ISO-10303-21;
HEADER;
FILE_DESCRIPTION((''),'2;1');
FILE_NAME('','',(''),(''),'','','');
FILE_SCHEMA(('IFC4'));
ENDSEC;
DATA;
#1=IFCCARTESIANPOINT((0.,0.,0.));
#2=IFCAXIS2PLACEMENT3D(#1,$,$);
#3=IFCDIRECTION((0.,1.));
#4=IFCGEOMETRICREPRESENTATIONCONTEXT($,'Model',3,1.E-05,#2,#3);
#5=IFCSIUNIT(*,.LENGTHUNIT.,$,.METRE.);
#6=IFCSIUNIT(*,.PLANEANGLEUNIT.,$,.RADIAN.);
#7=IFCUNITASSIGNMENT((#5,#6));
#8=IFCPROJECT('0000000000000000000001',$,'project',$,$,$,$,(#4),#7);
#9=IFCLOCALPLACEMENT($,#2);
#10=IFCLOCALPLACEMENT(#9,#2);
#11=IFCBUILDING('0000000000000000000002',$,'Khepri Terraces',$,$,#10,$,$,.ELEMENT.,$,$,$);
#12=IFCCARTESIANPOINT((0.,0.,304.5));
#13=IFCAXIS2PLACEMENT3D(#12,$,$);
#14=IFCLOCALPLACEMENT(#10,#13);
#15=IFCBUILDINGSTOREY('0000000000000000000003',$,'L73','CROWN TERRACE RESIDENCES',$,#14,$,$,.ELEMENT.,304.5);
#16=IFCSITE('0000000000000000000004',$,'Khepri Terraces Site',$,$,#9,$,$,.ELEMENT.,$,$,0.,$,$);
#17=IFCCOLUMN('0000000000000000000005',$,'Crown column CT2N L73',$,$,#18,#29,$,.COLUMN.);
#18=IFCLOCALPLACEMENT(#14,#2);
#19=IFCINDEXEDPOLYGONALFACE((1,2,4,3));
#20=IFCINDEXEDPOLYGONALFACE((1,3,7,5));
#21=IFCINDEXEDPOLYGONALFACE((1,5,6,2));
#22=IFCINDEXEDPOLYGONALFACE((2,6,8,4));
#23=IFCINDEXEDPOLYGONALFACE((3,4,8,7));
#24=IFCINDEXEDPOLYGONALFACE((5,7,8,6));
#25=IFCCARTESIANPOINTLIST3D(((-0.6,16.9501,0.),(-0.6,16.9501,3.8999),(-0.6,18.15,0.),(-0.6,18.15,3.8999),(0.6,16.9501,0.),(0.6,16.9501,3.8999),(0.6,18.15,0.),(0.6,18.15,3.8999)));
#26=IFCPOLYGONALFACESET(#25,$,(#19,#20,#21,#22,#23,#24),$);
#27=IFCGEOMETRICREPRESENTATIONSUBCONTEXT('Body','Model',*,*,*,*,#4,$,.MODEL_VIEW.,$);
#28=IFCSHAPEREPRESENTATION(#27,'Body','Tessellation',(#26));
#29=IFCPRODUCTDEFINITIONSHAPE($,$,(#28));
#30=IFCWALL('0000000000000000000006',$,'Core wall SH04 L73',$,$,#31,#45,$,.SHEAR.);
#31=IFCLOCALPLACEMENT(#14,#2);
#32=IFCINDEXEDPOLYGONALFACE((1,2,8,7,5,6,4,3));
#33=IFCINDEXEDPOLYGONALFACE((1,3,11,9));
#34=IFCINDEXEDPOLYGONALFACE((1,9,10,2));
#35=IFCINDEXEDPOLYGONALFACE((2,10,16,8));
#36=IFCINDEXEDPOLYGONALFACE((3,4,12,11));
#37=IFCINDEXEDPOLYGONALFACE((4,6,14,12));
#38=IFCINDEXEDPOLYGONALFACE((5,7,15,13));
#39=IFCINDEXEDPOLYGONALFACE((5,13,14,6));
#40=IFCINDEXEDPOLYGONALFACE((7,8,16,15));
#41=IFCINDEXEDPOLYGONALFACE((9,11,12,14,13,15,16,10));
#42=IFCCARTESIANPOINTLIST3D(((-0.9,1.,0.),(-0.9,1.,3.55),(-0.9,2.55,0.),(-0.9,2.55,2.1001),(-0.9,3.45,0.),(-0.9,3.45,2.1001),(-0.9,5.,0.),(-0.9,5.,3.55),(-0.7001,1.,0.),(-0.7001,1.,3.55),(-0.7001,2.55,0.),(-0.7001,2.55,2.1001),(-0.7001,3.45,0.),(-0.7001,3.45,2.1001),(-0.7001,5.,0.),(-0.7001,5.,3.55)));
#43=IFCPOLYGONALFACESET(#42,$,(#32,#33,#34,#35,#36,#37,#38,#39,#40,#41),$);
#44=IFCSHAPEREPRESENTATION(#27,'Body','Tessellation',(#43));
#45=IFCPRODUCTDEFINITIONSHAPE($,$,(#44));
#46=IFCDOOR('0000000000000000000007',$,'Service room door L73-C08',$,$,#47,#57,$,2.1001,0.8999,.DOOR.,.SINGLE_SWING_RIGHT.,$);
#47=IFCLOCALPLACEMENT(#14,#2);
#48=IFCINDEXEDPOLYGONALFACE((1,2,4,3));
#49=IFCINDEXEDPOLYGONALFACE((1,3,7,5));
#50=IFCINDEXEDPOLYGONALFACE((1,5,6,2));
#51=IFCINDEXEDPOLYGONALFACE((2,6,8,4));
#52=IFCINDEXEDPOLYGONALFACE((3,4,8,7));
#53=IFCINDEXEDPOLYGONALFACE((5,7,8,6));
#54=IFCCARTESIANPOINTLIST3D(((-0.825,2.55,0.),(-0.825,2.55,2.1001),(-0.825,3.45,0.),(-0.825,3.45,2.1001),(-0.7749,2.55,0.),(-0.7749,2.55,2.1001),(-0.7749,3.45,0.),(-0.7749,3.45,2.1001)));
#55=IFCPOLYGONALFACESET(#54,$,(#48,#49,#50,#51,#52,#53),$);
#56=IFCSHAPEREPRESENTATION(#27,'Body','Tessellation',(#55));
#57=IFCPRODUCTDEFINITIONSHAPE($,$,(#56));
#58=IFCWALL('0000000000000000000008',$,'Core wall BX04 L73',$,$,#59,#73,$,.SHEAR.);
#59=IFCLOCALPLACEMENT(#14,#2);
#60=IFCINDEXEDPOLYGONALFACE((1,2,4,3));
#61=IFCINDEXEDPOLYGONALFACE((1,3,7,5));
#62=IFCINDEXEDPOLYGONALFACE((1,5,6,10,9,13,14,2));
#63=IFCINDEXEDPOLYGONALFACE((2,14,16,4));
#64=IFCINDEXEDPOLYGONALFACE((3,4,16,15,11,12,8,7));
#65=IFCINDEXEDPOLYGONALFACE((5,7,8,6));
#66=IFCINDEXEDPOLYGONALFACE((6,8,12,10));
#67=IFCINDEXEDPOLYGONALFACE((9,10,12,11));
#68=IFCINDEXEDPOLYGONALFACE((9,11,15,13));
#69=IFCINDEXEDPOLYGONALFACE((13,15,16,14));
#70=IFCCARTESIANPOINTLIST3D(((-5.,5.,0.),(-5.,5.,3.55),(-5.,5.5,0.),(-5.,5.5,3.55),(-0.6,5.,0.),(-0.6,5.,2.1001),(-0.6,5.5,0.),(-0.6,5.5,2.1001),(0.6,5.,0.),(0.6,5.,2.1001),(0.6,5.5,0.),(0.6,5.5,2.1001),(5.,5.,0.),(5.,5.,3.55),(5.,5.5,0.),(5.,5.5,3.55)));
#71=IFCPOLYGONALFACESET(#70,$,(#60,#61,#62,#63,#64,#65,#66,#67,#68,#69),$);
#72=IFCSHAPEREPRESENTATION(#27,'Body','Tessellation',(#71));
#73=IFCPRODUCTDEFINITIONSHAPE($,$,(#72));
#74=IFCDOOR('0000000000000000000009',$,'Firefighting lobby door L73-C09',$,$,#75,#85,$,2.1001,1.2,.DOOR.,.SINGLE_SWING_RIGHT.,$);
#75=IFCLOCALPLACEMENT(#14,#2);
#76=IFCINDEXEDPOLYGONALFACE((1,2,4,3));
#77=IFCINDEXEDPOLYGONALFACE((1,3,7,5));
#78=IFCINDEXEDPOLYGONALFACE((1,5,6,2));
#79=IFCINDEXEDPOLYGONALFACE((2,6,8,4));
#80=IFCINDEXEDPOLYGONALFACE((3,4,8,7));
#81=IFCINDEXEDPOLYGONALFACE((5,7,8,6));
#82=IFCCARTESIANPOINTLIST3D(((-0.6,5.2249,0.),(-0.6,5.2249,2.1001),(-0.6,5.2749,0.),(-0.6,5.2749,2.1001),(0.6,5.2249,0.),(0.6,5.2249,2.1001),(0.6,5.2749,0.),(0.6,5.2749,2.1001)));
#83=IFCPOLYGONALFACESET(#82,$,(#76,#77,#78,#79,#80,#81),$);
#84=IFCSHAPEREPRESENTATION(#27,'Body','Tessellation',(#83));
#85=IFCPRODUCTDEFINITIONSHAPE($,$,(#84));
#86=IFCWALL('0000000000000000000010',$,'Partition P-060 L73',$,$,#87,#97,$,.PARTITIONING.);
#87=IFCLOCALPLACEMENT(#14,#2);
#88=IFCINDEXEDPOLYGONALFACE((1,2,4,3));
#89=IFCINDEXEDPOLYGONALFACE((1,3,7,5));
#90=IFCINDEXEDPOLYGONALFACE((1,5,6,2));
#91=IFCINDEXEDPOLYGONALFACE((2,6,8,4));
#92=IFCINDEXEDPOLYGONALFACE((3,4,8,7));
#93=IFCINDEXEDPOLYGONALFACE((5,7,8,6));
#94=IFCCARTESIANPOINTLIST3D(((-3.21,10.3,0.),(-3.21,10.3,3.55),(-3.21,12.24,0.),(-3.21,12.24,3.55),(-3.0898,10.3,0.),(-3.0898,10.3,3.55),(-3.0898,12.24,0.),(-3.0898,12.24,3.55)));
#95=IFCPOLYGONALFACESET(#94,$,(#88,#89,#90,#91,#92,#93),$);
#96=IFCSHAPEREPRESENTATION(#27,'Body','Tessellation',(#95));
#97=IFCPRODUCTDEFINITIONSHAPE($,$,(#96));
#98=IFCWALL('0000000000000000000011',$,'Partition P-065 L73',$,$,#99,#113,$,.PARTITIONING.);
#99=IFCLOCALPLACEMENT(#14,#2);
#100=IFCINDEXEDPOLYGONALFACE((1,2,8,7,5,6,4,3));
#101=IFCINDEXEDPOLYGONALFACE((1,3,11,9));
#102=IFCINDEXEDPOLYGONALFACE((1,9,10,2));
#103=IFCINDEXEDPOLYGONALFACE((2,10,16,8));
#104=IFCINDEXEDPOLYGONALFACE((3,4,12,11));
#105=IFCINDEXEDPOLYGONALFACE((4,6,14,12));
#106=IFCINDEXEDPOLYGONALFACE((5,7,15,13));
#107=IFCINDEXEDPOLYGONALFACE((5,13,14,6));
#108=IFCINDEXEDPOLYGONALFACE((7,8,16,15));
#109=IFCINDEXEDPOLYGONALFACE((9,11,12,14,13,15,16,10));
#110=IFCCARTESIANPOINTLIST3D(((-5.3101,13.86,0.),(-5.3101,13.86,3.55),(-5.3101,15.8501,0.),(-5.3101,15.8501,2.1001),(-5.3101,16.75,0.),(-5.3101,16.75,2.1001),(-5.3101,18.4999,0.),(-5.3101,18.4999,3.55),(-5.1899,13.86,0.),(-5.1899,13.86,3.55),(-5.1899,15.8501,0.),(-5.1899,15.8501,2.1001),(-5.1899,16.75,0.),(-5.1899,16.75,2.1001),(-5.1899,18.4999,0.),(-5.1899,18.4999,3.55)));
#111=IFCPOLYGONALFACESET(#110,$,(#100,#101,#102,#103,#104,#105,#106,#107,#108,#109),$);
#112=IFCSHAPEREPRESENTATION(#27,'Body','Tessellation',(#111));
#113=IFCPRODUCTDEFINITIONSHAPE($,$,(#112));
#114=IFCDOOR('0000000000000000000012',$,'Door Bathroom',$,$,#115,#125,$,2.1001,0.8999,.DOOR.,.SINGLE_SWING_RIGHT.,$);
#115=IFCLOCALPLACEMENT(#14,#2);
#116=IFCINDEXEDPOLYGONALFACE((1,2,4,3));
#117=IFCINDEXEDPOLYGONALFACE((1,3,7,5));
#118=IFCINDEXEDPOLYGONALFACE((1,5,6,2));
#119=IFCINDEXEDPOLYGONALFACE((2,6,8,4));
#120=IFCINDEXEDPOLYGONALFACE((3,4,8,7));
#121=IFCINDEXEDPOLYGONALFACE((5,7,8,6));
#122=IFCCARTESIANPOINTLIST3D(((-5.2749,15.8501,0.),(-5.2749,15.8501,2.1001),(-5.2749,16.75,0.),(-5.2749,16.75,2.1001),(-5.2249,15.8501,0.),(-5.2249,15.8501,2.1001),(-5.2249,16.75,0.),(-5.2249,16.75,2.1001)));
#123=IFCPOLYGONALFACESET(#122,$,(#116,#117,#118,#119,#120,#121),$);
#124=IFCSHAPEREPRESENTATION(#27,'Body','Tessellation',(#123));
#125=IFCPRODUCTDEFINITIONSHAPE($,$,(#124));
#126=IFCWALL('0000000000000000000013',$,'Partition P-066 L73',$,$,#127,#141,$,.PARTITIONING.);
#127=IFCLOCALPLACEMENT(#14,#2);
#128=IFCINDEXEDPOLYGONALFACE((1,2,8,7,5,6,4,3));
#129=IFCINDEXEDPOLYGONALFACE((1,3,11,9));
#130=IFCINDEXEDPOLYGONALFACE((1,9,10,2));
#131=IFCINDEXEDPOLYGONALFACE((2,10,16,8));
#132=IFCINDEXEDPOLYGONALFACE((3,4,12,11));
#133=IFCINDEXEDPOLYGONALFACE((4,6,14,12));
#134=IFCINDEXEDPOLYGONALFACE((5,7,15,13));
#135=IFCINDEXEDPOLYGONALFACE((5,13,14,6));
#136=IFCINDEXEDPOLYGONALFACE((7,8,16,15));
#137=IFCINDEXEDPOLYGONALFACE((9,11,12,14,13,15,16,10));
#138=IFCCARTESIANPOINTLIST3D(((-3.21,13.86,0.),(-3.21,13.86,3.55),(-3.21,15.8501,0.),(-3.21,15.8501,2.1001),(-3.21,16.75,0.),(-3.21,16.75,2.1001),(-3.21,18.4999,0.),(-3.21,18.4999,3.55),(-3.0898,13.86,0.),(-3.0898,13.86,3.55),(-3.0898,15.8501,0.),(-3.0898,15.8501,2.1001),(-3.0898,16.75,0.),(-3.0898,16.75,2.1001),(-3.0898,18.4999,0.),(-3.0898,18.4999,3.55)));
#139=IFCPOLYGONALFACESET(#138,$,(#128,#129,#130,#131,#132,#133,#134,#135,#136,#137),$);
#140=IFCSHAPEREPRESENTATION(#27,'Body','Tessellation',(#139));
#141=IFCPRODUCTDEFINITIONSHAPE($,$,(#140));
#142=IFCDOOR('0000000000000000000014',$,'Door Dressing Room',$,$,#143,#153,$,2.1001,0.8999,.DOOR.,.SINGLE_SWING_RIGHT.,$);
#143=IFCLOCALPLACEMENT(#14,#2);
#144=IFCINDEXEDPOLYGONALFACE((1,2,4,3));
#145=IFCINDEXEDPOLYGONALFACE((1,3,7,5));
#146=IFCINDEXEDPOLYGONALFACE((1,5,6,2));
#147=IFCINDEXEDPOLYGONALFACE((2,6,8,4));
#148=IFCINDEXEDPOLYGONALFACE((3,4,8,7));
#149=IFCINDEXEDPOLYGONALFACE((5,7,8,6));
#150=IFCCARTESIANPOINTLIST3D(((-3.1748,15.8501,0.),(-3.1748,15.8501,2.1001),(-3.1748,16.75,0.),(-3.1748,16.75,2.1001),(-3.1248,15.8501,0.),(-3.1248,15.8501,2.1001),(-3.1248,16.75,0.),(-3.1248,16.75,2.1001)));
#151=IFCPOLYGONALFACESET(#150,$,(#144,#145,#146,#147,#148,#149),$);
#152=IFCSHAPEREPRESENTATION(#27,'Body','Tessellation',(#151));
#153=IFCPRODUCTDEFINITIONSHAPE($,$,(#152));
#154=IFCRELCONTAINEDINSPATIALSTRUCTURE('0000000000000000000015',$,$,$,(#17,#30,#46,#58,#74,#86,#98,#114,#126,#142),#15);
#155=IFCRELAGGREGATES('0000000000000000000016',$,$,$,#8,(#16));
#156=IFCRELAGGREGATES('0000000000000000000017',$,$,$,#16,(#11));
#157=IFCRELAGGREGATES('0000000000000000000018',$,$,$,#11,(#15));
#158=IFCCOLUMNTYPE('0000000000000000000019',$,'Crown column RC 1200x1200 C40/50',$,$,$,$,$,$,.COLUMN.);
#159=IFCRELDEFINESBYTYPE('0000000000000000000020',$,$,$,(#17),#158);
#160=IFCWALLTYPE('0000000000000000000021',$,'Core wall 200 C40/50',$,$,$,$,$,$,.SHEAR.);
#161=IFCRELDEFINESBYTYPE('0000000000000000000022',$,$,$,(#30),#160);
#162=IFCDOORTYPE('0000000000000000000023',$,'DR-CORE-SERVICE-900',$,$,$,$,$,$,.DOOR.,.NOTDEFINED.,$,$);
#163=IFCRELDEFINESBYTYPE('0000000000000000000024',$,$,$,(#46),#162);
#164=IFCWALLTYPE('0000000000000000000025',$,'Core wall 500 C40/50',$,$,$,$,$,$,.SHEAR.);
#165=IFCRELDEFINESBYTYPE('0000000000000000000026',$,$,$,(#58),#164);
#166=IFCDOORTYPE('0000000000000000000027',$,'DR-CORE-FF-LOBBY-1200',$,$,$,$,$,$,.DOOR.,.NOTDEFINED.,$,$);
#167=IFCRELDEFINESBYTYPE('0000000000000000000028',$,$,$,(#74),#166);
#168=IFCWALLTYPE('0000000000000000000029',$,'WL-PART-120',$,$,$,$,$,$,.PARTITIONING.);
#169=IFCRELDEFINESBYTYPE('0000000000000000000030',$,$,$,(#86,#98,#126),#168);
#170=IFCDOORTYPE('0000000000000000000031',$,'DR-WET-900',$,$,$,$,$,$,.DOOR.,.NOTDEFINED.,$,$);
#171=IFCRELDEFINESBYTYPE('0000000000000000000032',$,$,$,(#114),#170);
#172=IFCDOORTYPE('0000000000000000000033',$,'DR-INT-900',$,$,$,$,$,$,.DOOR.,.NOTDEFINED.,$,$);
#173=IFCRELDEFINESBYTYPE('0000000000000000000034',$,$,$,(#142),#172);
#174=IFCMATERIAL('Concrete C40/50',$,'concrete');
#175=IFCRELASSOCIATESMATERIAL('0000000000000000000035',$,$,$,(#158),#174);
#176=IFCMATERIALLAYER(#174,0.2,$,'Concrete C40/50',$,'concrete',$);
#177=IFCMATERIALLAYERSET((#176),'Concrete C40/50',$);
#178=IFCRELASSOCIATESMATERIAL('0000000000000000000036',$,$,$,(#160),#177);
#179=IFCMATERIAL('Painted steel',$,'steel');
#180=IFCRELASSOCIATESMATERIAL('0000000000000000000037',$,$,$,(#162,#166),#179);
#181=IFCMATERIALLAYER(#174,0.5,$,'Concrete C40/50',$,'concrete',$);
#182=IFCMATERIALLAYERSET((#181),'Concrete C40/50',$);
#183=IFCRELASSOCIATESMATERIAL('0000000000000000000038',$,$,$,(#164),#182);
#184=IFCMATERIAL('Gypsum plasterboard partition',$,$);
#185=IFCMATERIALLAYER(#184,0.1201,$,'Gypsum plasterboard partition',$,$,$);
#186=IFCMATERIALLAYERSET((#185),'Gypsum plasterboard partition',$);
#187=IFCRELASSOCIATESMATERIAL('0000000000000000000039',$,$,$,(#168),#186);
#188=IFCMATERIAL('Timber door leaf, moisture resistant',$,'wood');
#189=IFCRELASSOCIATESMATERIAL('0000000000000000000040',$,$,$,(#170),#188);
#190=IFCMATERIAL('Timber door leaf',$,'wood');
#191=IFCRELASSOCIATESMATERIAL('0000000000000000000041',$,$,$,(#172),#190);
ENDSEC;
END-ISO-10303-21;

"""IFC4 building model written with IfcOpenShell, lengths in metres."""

from ifc_helpers import new_model, si_unit, direction, frame, frame_2d, origin, origin_2d, place, context, subcontext, project, spatial, rectangle, extrude, material, layer, layer_set, material_profile, profile_set, type_object, element, fill, save


model = new_model("IFC4")

# Units and contexts
model_context = context("Model", 3, precision=1e-05, world=origin(), true_north=direction((0.0, 1.0)))
body_context = subcontext(model_context, "Body", "Model", "MODEL_VIEW")
ifc_project = project(units=[si_unit("LENGTHUNIT", "METRE"), si_unit("PLANEANGLEUNIT", "RADIAN")], contexts=[model_context])

# Site, building, storey
site_placement = place(None, origin())
site = spatial("IfcSite", under=ifc_project, at=site_placement, Name="Khepri Terraces Site", CompositionType="ELEMENT", RefElevation=0.0)
building_placement = place(site_placement, origin())
building = spatial("IfcBuilding", under=site, at=building_placement, Name="Khepri Terraces", CompositionType="ELEMENT")
storey_placement = place(building_placement, frame((0.0, 0.0, 304.5)))
storey = spatial("IfcBuildingStorey", under=building, at=storey_placement, Name="L73", Description="CROWN TERRACE RESIDENCES", CompositionType="ELEMENT", Elevation=304.5)

# Column
ifc_material_1 = material(Name="Concrete C40/50", Category="concrete")
ifc_material_profile = material_profile(ifc_material_1, rectangle(XDim=1.2, YDim=1.2, at=origin_2d()), Name="Concrete C40/50", Category="concrete")
ifc_profile_set = profile_set([ifc_material_profile], Name="Concrete C40/50")
column_type = type_object("IfcColumnType", Name="Crown column RC 1200x1200 C40/50", PredefinedType="COLUMN", material=ifc_profile_set)
column_placement = place(storey_placement, frame((0.0, 17.55, 0.0), z_axis=(0.0, 0.0, 1.0), x_axis=(1.0, 0.0, 0.0)))
element("IfcColumn", 1, at=column_placement, inside=storey, type_object=column_type, Name="Crown column CT2N L73", PredefinedType="COLUMN", context=body_context, shape_type="SweptSolid", body=[
    extrude(rectangle(XDim=1.2, YDim=1.2, at=origin_2d()), origin(), (0.0, 0.0, 1.0), 3.8999),
])

# Walls, openings, doors
ifc_layer_1 = layer(ifc_material_1, 0.2, Name="Concrete C40/50", Category="concrete")
ifc_layer_set_1 = layer_set([ifc_layer_1], Name="Concrete C40/50")
wall_type_1 = type_object("IfcWallType", Name="Core wall 200 C40/50", PredefinedType="SHEAR", material=ifc_layer_set_1)
wall_1_placement = place(storey_placement, frame((-0.8, 1.0, 0.0), z_axis=(0.0, 0.0, 1.0), x_axis=(0.0, 1.0, 0.0)))
wall_1 = element("IfcWall", 2, at=wall_1_placement, inside=storey, type_object=wall_type_1, Name="Core wall SH04 L73", PredefinedType="SHEAR", context=body_context, shape_type="SweptSolid", body=[
    extrude(rectangle(XDim=4.0, YDim=0.2, at=frame_2d((2.0, 0.0))), origin(), (0.0, 0.0, 1.0), 3.55),
])
opening_1_placement = place(wall_1_placement, frame((1.55, 0.0, 0.0)))
opening_1 = element("IfcOpeningElement", 3, at=opening_1_placement, cuts=wall_1, PredefinedType="OPENING", context=body_context, shape_type="SweptSolid", body=[
    extrude(rectangle(XDim=0.8999, YDim=2.1001, at=frame_2d((0.45, 1.05))), frame((0.0, 0.1099, 0.0), z_axis=(0.0, -1.0, 0.0), x_axis=(1.0, 0.0, 0.0)), (0.0, 0.0, 1.0), 0.22),
])
ifc_material_2 = material(Name="Painted steel", Category="steel")
door_type_1 = type_object("IfcDoorType", Name="DR-CORE-SERVICE-900", OperationType="NOTDEFINED", PredefinedType="DOOR", material=ifc_material_2)
door_1_placement = place(opening_1_placement, origin())
door_1 = element("IfcDoor", 4, at=door_1_placement, inside=storey, type_object=door_type_1, Name="Service room door L73-C08", OperationType="SINGLE_SWING_RIGHT", OverallHeight=2.1001, OverallWidth=0.8999, PredefinedType="DOOR", context=body_context, shape_type="SweptSolid", body=[
    extrude(rectangle(XDim=0.8999, YDim=2.1001, at=frame_2d((0.45, 1.05))), frame((0.0, 0.0249, 0.0), z_axis=(0.0, -1.0, 0.0), x_axis=(1.0, 0.0, 0.0)), (0.0, 0.0, 1.0), 0.05),
])
fill(opening_1, door_1)
ifc_layer_2 = layer(ifc_material_1, 0.5, Name="Concrete C40/50", Category="concrete")
ifc_layer_set_2 = layer_set([ifc_layer_2], Name="Concrete C40/50")
wall_type_2 = type_object("IfcWallType", Name="Core wall 500 C40/50", PredefinedType="SHEAR", material=ifc_layer_set_2)
wall_2_placement = place(storey_placement, frame((-5.0, 5.25, 0.0), z_axis=(0.0, 0.0, 1.0), x_axis=(1.0, 0.0, 0.0)))
wall_2 = element("IfcWall", 5, at=wall_2_placement, inside=storey, type_object=wall_type_2, Name="Core wall BX04 L73", PredefinedType="SHEAR", context=body_context, shape_type="SweptSolid", body=[
    extrude(rectangle(XDim=10.0, YDim=0.5, at=frame_2d((5.0, 0.0))), origin(), (0.0, 0.0, 1.0), 3.55),
])
opening_2_placement = place(wall_2_placement, frame((4.3999, 0.0, 0.0)))
opening_2 = element("IfcOpeningElement", 6, at=opening_2_placement, cuts=wall_2, PredefinedType="OPENING", context=body_context, shape_type="SweptSolid", body=[
    extrude(rectangle(XDim=1.2, YDim=2.1001, at=frame_2d((0.6001, 1.05))), frame((0.0, 0.26, 0.0), z_axis=(0.0, -1.0, 0.0), x_axis=(1.0, 0.0, 0.0)), (0.0, 0.0, 1.0), 0.52),
])
door_type_2 = type_object("IfcDoorType", Name="DR-CORE-FF-LOBBY-1200", OperationType="NOTDEFINED", PredefinedType="DOOR", material=ifc_material_2)
door_2_placement = place(opening_2_placement, origin())
door_2 = element("IfcDoor", 7, at=door_2_placement, inside=storey, type_object=door_type_2, Name="Firefighting lobby door L73-C09", OperationType="SINGLE_SWING_RIGHT", OverallHeight=2.1001, OverallWidth=1.2, PredefinedType="DOOR", context=body_context, shape_type="SweptSolid", body=[
    extrude(rectangle(XDim=1.2, YDim=2.1001, at=frame_2d((0.6001, 1.05))), frame((0.0, 0.0249, 0.0), z_axis=(0.0, -1.0, 0.0), x_axis=(1.0, 0.0, 0.0)), (0.0, 0.0, 1.0), 0.05),
])
fill(opening_2, door_2)

# Wall
ifc_material_3 = material(Name="Gypsum plasterboard partition")
ifc_layer_3 = layer(ifc_material_3, 0.1201, Name="Gypsum plasterboard partition")
ifc_layer_set_3 = layer_set([ifc_layer_3], Name="Gypsum plasterboard partition")
wall_type_3 = type_object("IfcWallType", Name="WL-PART-120", PredefinedType="PARTITIONING", material=ifc_layer_set_3)
wall_3_placement = place(storey_placement, frame((-3.1499, 10.3, 0.0), z_axis=(0.0, 0.0, 1.0), x_axis=(0.0, 1.0, 0.0)))
element("IfcWall", 8, at=wall_3_placement, inside=storey, type_object=wall_type_3, Name="Partition P-060 L73", PredefinedType="PARTITIONING", context=body_context, shape_type="SweptSolid", body=[
    extrude(rectangle(XDim=1.9399, YDim=0.1201, at=frame_2d((0.97, 0.0))), origin(), (0.0, 0.0, 1.0), 3.55),
])

# Walls, openings, doors
wall_4_placement = place(storey_placement, frame((-5.25, 13.8601, 0.0), z_axis=(0.0, 0.0, 1.0), x_axis=(0.0, 1.0, 0.0)))
wall_4 = element("IfcWall", 9, at=wall_4_placement, inside=storey, type_object=wall_type_3, Name="Partition P-065 L73", PredefinedType="PARTITIONING", context=body_context, shape_type="SweptSolid", body=[
    extrude(rectangle(XDim=4.6399, YDim=0.1201, at=frame_2d((2.3198, 0.0))), origin(), (0.0, 0.0, 1.0), 3.55),
])
opening_3_placement = place(wall_4_placement, frame((1.99, 0.0, 0.0)))
opening_3 = element("IfcOpeningElement", 10, at=opening_3_placement, cuts=wall_4, PredefinedType="OPENING", context=body_context, shape_type="SweptSolid", body=[
    extrude(rectangle(XDim=0.8999, YDim=2.1001, at=frame_2d((0.45, 1.05))), frame((0.0, 0.0701, 0.0), z_axis=(0.0, -1.0, 0.0), x_axis=(1.0, 0.0, 0.0)), (0.0, 0.0, 1.0), 0.1401),
])
ifc_material_4 = material(Name="Timber door leaf, moisture resistant", Category="wood")
door_type_3 = type_object("IfcDoorType", Name="DR-WET-900", OperationType="NOTDEFINED", PredefinedType="DOOR", material=ifc_material_4)
door_3_placement = place(opening_3_placement, origin())
door_3 = element("IfcDoor", 11, at=door_3_placement, inside=storey, type_object=door_type_3, Name="Door Bathroom", OperationType="SINGLE_SWING_RIGHT", OverallHeight=2.1001, OverallWidth=0.8999, PredefinedType="DOOR", context=body_context, shape_type="SweptSolid", body=[
    extrude(rectangle(XDim=0.8999, YDim=2.1001, at=frame_2d((0.45, 1.05))), frame((0.0, 0.0249, 0.0), z_axis=(0.0, -1.0, 0.0), x_axis=(1.0, 0.0, 0.0)), (0.0, 0.0, 1.0), 0.05),
])
fill(opening_3, door_3)
wall_5_placement = place(storey_placement, frame((-3.1499, 13.8601, 0.0), z_axis=(0.0, 0.0, 1.0), x_axis=(0.0, 1.0, 0.0)))
wall_5 = element("IfcWall", 12, at=wall_5_placement, inside=storey, type_object=wall_type_3, Name="Partition P-066 L73", PredefinedType="PARTITIONING", context=body_context, shape_type="SweptSolid", body=[
    extrude(rectangle(XDim=4.6399, YDim=0.1201, at=frame_2d((2.3198, 0.0))), origin(), (0.0, 0.0, 1.0), 3.55),
])
opening_4_placement = place(wall_5_placement, frame((1.99, 0.0, 0.0)))
opening_4 = element("IfcOpeningElement", 13, at=opening_4_placement, cuts=wall_5, PredefinedType="OPENING", context=body_context, shape_type="SweptSolid", body=[
    extrude(rectangle(XDim=0.8999, YDim=2.1001, at=frame_2d((0.45, 1.05))), frame((0.0, 0.0701, 0.0), z_axis=(0.0, -1.0, 0.0), x_axis=(1.0, 0.0, 0.0)), (0.0, 0.0, 1.0), 0.1401),
])
ifc_material_5 = material(Name="Timber door leaf", Category="wood")
door_type_4 = type_object("IfcDoorType", Name="DR-INT-900", OperationType="NOTDEFINED", PredefinedType="DOOR", material=ifc_material_5)
door_4_placement = place(opening_4_placement, origin())
door_4 = element("IfcDoor", 14, at=door_4_placement, inside=storey, type_object=door_type_4, Name="Door Dressing Room", OperationType="SINGLE_SWING_RIGHT", OverallHeight=2.1001, OverallWidth=0.8999, PredefinedType="DOOR", context=body_context, shape_type="SweptSolid", body=[
    extrude(rectangle(XDim=0.8999, YDim=2.1001, at=frame_2d((0.45, 1.05))), frame((0.0, 0.0249, 0.0), z_axis=(0.0, -1.0, 0.0), x_axis=(1.0, 0.0, 0.0)), (0.0, 0.0, 1.0), 0.05),
])
fill(opening_4, door_4)

save(model, "model.ifc")
